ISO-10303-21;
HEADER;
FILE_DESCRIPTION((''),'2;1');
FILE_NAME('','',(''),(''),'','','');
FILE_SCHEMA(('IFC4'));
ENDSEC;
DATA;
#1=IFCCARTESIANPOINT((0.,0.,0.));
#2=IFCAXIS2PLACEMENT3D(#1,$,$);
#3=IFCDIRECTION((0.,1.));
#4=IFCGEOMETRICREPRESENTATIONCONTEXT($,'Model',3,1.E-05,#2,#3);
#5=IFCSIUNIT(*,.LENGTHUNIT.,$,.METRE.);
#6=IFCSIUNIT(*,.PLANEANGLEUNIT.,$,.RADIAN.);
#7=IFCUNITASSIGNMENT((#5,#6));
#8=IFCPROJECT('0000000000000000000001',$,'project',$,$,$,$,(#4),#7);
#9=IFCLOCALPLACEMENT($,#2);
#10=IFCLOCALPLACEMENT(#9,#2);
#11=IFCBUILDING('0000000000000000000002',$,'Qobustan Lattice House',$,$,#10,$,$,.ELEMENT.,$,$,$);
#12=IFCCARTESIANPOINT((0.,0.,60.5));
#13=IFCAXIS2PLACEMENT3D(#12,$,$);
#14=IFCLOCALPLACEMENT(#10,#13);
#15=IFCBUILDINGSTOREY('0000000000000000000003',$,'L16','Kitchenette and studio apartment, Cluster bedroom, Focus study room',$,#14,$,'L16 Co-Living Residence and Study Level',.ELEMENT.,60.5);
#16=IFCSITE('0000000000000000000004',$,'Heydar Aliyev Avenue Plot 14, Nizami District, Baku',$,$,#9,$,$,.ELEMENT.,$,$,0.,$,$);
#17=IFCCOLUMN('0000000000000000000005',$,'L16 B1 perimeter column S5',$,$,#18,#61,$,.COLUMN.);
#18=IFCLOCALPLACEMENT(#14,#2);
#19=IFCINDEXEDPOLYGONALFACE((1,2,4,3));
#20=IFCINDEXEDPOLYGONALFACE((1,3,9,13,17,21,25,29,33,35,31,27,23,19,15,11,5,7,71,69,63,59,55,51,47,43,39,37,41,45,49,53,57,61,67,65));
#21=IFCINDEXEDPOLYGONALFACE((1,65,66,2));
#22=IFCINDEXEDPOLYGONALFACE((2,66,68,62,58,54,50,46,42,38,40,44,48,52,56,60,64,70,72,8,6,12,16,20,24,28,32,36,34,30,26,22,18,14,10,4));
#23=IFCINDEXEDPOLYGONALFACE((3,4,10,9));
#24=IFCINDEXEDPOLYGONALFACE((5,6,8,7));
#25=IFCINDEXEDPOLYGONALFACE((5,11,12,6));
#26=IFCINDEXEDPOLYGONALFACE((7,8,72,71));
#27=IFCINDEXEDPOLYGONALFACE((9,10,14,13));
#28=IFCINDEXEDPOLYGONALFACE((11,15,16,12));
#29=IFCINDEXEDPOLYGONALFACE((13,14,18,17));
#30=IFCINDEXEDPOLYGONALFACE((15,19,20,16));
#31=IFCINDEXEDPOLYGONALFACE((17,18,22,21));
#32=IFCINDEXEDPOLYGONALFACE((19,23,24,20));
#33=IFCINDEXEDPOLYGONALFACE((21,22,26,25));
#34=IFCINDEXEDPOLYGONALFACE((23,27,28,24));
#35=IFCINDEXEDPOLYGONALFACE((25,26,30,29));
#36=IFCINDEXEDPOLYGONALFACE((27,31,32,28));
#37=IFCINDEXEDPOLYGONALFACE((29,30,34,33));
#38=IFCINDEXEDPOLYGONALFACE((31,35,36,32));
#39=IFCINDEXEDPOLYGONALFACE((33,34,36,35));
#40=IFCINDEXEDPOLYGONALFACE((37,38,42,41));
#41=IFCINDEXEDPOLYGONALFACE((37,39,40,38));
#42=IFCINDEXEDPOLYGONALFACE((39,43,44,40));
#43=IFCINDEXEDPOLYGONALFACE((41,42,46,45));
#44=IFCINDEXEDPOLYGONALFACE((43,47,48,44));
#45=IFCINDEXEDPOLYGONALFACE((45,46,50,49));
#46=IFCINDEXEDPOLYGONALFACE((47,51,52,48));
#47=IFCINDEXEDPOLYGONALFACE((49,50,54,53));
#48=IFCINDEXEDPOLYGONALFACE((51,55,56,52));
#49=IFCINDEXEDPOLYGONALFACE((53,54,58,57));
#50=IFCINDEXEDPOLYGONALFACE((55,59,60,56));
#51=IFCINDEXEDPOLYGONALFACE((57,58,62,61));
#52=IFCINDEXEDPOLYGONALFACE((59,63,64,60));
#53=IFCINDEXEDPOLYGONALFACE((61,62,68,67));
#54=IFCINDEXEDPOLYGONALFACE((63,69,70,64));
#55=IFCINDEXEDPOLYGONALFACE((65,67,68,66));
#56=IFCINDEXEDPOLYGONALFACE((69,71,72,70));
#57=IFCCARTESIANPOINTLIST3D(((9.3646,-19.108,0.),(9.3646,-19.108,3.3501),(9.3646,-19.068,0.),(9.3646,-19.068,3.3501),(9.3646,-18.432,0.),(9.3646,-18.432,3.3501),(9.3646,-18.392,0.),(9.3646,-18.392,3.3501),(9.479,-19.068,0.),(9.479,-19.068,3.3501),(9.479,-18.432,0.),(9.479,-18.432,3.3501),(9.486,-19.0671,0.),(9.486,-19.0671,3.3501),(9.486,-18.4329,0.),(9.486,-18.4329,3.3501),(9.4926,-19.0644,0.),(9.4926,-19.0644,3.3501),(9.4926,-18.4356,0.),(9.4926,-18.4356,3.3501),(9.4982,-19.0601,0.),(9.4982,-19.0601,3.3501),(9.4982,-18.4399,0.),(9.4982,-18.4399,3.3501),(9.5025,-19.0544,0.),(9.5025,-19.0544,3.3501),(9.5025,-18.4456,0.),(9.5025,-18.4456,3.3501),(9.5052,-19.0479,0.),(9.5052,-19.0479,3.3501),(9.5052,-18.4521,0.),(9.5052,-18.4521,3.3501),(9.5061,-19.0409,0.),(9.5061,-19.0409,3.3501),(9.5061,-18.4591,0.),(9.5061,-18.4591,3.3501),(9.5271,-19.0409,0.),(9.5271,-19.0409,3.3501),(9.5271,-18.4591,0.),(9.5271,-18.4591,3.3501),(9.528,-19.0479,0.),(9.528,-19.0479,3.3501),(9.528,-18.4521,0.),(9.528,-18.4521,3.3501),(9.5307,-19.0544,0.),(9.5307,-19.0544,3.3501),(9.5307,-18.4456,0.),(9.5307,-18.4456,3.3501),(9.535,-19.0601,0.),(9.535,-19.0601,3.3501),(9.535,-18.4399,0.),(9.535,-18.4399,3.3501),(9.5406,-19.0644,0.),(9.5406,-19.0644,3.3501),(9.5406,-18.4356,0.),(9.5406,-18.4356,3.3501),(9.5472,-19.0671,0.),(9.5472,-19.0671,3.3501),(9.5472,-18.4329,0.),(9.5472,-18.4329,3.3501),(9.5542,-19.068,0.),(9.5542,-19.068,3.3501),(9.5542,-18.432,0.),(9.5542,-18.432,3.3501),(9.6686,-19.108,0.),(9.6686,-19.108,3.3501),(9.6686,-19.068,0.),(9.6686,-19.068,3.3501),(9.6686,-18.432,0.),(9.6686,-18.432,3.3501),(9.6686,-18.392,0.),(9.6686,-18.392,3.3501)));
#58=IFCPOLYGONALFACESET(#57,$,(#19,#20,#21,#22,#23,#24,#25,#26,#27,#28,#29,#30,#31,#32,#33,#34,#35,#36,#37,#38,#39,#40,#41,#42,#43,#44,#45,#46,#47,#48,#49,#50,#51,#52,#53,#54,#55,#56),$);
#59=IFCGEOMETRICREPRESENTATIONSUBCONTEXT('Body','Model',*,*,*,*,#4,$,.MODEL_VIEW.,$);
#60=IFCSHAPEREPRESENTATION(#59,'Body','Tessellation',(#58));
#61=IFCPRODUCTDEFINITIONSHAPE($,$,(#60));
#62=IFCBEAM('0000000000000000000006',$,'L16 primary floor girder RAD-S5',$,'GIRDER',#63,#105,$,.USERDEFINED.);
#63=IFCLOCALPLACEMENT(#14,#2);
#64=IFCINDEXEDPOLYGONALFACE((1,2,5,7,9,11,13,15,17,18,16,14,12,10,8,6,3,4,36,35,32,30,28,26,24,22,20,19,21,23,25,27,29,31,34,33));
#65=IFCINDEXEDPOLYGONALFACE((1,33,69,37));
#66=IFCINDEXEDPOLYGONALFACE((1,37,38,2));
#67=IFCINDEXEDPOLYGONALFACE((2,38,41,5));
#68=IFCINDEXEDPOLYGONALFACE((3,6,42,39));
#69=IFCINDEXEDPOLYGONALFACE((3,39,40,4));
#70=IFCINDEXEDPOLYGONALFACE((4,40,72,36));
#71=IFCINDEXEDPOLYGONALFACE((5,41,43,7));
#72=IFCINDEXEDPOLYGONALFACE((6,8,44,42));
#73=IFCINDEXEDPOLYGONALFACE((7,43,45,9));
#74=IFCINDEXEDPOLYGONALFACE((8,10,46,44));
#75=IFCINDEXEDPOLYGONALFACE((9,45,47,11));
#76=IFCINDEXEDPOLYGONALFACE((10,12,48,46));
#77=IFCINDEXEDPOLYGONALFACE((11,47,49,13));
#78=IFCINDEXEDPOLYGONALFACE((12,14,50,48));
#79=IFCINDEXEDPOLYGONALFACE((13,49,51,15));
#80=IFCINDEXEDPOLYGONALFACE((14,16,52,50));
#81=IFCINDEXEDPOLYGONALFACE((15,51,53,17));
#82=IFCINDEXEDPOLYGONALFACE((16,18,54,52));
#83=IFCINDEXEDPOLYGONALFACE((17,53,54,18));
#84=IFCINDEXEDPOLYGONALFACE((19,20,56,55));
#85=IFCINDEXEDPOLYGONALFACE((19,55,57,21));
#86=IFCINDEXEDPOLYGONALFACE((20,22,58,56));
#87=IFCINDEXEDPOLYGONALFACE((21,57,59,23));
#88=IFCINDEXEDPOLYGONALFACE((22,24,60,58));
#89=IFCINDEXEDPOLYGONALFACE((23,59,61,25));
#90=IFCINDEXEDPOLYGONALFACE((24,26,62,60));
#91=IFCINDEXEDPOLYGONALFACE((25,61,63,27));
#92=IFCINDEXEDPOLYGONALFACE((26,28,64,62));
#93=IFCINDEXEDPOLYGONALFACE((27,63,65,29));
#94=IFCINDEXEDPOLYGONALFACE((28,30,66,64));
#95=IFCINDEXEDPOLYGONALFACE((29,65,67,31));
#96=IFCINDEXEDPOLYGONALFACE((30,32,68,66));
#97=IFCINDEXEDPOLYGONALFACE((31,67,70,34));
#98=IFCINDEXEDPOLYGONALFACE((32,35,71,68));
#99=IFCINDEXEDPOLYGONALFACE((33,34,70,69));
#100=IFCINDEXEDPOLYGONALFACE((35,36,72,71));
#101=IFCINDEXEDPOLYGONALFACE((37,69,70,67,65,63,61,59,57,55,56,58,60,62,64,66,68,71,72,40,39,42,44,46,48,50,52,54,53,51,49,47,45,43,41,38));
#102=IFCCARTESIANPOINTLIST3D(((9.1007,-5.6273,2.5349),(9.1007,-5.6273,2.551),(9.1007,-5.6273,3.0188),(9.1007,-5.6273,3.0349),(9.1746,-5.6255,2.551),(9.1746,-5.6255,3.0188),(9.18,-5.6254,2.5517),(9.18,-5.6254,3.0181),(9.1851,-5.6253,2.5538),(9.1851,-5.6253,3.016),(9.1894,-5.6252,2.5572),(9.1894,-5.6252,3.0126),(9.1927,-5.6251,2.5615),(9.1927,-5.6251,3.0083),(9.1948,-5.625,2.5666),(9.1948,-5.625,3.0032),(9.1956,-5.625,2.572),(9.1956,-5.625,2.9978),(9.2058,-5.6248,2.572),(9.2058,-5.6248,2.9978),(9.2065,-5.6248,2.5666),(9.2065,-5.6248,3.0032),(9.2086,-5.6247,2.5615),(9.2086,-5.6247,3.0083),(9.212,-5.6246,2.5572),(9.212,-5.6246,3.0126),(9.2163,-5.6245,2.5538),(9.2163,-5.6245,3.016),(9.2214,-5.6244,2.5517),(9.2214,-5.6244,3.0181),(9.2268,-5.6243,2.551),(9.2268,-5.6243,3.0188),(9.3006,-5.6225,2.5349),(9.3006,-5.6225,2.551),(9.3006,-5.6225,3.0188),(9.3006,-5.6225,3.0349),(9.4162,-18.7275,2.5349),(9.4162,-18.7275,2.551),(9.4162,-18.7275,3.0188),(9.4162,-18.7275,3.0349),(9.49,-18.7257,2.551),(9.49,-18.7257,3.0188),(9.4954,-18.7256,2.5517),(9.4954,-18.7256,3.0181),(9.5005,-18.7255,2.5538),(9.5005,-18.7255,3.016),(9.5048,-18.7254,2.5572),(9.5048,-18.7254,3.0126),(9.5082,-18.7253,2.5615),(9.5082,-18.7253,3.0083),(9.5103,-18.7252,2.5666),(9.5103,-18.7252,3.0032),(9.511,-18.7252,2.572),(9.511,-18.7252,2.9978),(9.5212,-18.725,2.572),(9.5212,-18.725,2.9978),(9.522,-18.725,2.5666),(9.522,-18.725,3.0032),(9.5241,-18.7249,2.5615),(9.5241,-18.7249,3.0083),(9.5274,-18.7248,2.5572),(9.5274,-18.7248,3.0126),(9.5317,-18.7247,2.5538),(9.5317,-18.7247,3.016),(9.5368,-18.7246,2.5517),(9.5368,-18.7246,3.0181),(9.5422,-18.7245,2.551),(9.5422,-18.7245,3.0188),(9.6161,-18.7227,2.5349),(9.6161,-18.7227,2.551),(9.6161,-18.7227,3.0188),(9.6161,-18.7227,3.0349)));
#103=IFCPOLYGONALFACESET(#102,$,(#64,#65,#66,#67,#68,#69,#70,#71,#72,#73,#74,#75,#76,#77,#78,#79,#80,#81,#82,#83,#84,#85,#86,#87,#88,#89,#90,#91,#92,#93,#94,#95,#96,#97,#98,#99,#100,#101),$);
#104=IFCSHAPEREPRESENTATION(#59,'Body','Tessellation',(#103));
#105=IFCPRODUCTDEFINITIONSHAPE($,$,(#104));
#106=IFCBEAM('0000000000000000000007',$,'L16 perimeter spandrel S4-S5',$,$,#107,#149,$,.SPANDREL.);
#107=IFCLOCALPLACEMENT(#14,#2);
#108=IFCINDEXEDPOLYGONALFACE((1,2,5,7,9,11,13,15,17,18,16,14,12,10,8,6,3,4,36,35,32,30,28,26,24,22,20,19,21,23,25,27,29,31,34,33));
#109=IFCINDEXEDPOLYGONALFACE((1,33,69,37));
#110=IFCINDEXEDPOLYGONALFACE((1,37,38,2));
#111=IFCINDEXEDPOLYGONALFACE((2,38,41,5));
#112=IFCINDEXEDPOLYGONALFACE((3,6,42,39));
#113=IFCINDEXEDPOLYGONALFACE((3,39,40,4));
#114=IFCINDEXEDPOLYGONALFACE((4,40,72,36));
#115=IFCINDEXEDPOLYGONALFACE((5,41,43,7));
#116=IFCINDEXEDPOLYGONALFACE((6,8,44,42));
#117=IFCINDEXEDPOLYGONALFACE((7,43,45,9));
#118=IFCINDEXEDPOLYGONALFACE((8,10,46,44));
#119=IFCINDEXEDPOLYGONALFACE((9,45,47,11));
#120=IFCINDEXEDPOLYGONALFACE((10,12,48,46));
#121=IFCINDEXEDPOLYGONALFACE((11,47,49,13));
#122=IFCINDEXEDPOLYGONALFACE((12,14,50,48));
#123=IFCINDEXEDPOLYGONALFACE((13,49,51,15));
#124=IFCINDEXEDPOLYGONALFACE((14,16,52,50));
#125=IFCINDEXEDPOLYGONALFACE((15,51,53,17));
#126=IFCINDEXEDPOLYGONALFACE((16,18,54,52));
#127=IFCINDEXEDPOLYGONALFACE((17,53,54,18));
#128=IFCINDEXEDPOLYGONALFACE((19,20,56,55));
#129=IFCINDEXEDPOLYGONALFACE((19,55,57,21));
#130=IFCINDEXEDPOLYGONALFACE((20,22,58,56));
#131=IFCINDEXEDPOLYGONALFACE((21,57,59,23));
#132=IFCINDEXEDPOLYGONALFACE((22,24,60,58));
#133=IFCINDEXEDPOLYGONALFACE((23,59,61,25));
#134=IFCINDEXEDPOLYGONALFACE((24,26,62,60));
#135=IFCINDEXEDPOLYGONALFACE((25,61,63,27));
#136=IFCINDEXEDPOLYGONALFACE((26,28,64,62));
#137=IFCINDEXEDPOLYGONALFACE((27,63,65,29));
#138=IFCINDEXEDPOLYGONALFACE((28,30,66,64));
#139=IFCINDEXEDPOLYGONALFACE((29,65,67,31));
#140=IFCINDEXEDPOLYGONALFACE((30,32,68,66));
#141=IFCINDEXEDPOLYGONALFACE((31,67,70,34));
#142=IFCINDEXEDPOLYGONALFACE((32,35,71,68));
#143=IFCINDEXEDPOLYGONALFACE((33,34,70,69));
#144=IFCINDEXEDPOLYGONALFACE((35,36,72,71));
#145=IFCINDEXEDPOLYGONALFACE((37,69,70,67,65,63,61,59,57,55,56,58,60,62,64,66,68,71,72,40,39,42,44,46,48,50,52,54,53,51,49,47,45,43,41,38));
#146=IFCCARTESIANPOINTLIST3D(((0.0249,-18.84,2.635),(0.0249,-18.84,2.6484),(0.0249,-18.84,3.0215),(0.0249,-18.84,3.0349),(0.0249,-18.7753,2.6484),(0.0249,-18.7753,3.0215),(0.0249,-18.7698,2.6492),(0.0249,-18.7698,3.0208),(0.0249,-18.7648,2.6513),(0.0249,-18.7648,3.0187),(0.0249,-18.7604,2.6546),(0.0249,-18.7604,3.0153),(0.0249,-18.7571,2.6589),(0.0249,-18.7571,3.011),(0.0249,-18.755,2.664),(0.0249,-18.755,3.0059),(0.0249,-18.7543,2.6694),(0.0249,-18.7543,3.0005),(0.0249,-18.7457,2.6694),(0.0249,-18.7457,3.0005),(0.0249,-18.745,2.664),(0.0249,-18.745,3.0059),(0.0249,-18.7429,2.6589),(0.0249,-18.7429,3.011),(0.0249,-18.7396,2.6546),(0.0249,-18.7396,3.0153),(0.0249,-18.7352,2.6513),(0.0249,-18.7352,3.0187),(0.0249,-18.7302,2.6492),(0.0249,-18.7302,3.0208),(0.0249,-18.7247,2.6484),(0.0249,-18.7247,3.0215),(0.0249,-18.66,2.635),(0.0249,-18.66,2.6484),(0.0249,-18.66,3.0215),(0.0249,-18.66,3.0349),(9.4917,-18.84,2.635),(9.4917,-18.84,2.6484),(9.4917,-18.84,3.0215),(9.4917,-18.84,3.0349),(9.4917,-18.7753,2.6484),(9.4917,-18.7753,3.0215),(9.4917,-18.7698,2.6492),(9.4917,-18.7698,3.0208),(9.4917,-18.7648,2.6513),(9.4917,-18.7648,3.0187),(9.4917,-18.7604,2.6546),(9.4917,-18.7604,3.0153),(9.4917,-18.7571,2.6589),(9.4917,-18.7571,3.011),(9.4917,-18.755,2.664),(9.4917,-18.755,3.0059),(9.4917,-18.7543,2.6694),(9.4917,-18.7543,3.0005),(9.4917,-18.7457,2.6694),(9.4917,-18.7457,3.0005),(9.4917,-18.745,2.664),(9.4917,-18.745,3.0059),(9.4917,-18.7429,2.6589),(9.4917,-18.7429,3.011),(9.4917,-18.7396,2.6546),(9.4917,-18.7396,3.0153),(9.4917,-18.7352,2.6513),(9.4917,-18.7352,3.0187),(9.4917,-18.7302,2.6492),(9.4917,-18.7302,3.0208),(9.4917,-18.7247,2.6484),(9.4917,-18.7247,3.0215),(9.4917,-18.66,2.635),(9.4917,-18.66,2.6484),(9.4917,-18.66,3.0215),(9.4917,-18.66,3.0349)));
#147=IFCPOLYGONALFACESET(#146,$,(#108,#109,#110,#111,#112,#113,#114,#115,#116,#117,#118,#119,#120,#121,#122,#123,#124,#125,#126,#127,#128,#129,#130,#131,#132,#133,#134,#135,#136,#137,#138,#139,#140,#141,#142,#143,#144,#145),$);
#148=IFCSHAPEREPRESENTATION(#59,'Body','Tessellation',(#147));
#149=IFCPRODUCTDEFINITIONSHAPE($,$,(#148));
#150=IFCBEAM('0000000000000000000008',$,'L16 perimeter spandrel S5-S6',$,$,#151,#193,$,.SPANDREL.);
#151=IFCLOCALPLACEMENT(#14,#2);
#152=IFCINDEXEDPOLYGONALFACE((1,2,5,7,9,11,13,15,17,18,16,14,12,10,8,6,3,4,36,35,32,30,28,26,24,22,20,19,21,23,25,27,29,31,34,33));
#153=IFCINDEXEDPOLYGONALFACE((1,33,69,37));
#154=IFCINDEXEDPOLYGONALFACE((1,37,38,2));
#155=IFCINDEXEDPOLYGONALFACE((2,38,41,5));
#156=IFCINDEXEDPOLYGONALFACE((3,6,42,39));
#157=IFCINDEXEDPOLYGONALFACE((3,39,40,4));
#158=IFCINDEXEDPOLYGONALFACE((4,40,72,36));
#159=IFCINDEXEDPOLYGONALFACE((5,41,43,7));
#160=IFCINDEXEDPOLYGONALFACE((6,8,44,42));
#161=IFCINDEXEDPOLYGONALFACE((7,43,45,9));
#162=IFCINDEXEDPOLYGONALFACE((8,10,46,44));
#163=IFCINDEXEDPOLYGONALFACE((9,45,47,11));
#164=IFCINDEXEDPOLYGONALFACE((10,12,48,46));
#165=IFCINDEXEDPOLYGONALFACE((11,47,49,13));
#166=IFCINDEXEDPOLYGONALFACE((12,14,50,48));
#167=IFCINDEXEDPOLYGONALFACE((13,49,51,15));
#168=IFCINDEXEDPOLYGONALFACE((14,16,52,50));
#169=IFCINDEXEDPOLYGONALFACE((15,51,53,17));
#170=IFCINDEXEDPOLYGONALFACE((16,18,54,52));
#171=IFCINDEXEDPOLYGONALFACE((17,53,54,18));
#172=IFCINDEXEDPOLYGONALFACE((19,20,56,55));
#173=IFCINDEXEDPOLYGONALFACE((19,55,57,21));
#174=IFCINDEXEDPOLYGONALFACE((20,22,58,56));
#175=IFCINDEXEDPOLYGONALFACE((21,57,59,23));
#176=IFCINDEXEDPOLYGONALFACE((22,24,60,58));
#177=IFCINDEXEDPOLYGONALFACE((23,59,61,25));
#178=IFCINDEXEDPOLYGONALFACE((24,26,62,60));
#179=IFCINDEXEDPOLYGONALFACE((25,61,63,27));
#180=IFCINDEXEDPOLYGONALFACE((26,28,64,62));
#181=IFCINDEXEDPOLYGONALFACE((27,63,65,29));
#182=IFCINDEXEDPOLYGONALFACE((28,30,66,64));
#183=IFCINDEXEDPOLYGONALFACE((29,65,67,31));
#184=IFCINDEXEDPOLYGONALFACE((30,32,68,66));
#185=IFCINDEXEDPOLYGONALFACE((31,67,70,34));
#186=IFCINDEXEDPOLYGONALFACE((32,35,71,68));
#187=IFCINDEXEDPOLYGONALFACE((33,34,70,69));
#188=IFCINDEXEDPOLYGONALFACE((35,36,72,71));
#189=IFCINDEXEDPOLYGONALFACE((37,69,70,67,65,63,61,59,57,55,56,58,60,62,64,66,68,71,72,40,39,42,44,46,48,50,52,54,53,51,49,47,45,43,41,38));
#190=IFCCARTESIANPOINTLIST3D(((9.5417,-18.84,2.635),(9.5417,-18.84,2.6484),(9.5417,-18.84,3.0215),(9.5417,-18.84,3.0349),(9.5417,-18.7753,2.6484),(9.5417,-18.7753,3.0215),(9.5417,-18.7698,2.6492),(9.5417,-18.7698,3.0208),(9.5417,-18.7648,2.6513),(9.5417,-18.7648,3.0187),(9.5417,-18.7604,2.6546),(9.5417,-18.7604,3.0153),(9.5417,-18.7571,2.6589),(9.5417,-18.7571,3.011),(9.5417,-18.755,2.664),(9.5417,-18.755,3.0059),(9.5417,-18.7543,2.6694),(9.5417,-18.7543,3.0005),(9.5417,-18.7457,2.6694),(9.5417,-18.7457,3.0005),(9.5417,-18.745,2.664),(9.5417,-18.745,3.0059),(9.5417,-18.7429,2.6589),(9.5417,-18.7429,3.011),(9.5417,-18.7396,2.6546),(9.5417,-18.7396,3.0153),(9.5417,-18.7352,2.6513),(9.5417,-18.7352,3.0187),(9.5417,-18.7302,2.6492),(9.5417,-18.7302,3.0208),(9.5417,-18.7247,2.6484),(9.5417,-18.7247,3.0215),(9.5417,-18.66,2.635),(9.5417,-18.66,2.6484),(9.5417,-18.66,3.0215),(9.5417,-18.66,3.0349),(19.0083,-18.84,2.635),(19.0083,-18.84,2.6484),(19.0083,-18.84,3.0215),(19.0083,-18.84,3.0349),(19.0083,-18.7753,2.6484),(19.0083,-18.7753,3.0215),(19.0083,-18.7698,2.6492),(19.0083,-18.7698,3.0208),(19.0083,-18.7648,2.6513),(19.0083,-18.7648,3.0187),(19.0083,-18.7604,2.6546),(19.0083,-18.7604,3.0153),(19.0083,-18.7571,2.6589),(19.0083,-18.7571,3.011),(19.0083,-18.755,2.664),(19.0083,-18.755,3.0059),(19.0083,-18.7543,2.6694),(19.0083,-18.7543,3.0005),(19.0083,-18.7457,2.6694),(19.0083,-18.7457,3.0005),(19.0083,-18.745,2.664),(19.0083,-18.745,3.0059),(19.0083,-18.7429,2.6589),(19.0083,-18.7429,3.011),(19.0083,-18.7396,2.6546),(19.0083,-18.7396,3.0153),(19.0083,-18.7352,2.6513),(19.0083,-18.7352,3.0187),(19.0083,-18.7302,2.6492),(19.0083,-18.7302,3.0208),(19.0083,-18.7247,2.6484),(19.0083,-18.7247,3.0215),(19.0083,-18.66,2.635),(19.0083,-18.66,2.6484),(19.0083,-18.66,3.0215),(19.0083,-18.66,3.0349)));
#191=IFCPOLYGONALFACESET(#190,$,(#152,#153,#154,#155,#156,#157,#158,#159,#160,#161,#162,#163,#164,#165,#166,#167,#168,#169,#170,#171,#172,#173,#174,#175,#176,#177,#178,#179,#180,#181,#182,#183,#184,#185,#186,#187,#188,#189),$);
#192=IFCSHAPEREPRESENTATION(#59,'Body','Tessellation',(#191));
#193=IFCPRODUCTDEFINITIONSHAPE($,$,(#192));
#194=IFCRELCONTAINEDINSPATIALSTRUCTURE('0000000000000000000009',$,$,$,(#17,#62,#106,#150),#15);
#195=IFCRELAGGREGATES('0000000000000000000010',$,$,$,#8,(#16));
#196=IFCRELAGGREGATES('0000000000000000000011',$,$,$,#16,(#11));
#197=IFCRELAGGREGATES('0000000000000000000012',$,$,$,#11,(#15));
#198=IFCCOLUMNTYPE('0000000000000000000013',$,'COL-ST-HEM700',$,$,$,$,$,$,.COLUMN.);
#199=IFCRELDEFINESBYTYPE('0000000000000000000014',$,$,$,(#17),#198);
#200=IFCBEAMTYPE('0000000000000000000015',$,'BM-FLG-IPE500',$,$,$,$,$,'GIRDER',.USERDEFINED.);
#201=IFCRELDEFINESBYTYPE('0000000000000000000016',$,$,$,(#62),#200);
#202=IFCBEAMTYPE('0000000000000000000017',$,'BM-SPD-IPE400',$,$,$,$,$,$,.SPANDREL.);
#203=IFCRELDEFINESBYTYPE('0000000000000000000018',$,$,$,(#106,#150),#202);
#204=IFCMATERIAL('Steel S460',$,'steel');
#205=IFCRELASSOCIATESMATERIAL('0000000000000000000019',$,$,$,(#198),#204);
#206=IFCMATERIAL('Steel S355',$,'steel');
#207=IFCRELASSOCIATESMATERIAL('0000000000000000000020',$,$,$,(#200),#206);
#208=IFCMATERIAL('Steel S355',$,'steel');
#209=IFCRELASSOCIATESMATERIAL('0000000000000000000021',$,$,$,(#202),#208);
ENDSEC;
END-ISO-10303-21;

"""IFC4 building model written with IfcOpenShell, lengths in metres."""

from ifc_helpers import new_model, si_unit, direction, frame, origin, origin_2d, place, context, subcontext, project, spatial, i_section, extrude, material, material_profile, profile_set, type_object, element, save


model = new_model("IFC4")

# Units and contexts
model_context = context("Model", 3, precision=1e-05, world=origin(), true_north=direction((0.0, 1.0)))
body_context = subcontext(model_context, "Body", "Model", "MODEL_VIEW")
ifc_project = project(units=[si_unit("LENGTHUNIT", "METRE"), si_unit("PLANEANGLEUNIT", "RADIAN")], contexts=[model_context])

# Site, building, storey
site_placement = place(None, origin())
site = spatial("IfcSite", under=ifc_project, at=site_placement, Name="Heydar Aliyev Avenue Plot 14, Nizami District, Baku", CompositionType="ELEMENT", RefElevation=0.0)
building_placement = place(site_placement, origin())
building = spatial("IfcBuilding", under=site, at=building_placement, Name="Qobustan Lattice House", CompositionType="ELEMENT")
storey_placement = place(building_placement, frame((0.0, 0.0, 60.5)))
storey = spatial("IfcBuildingStorey", under=building, at=storey_placement, Name="L16", Description="Kitchenette and studio apartment, Cluster bedroom, Focus study room", LongName="L16 Co-Living Residence and Study Level", CompositionType="ELEMENT", Elevation=60.5)

# Column
ifc_material_1 = material(Name="Steel S460", Category="steel")
ifc_material_profile_1 = material_profile(ifc_material_1, i_section(OverallWidth=0.304, OverallDepth=0.7161, WebThickness=0.021, FlangeThickness=0.04, FilletRadius=0.0271, at=origin_2d()), Name="HEM700")
ifc_profile_set_1 = profile_set([ifc_material_profile_1], Name="Steel S460")
column_type = type_object("IfcColumnType", Name="COL-ST-HEM700", PredefinedType="COLUMN", material=ifc_profile_set_1)
column_placement = place(storey_placement, frame((9.5166, -18.75, 0.0), z_axis=(0.0, 0.0, 1.0), x_axis=(1.0, 0.0, 0.0)))
element("IfcColumn", 1, at=column_placement, inside=storey, type_object=column_type, Name="L16 B1 perimeter column S5", PredefinedType="COLUMN", context=body_context, shape_type="SweptSolid", body=[
    extrude(i_section(OverallWidth=0.304, OverallDepth=0.7161, WebThickness=0.021, FlangeThickness=0.04, FilletRadius=0.0271, at=origin_2d()), origin(), (0.0, 0.0, 1.0), 3.3501),
])

# Beams
ifc_material_2 = material(Name="Steel S355", Category="steel")
ifc_material_profile_2 = material_profile(ifc_material_2, i_section(OverallWidth=0.2, OverallDepth=0.5, WebThickness=0.0103, FlangeThickness=0.0161, FilletRadius=0.021, at=origin_2d()), Name="IPE500")
ifc_profile_set_2 = profile_set([ifc_material_profile_2], Name="Steel S355")
beam_type_1 = type_object("IfcBeamType", Name="BM-FLG-IPE500", ElementType="GIRDER", PredefinedType="USERDEFINED", material=ifc_profile_set_2)
beam_1_placement = place(storey_placement, frame((9.5161, -18.7251, 2.7849), z_axis=(-0.024071, 0.99971, 0.0), x_axis=(-0.99971, -0.024071, 0.0)))
element("IfcBeam", 2, at=beam_1_placement, inside=storey, type_object=beam_type_1, Name="L16 primary floor girder RAD-S5", ObjectType="GIRDER", PredefinedType="USERDEFINED", context=body_context, shape_type="SweptSolid", body=[
    extrude(i_section(OverallWidth=0.2, OverallDepth=0.5, WebThickness=0.0103, FlangeThickness=0.0161, FilletRadius=0.021, at=origin_2d()), origin(), (0.0, 0.0, 1.0), 13.104),
])
ifc_material_3 = material(Name="Steel S355", Category="steel")
ifc_material_profile_3 = material_profile(ifc_material_3, i_section(OverallWidth=0.1799, OverallDepth=0.3999, WebThickness=0.0085, FlangeThickness=0.0134, FilletRadius=0.021, at=origin_2d()), Name="IPE400")
ifc_profile_set_3 = profile_set([ifc_material_profile_3], Name="Steel S355")
beam_type_2 = type_object("IfcBeamType", Name="BM-SPD-IPE400", PredefinedType="SPANDREL", material=ifc_profile_set_3)
beam_2_placement = place(storey_placement, frame((0.0249, -18.75, 2.835), z_axis=(1.0, 0.0, 0.0), x_axis=(0.0, 1.0, 0.0)))
element("IfcBeam", 3, at=beam_2_placement, inside=storey, type_object=beam_type_2, Name="L16 perimeter spandrel S4-S5", PredefinedType="SPANDREL", context=body_context, shape_type="SweptSolid", body=[
    extrude(i_section(OverallWidth=0.1799, OverallDepth=0.3999, WebThickness=0.0085, FlangeThickness=0.0134, FilletRadius=0.021, at=origin_2d()), origin(), (0.0, 0.0, 1.0), 9.4668),
])
beam_3_placement = place(storey_placement, frame((9.5417, -18.75, 2.835), z_axis=(1.0, 0.0, 0.0), x_axis=(0.0, 1.0, 0.0)))
element("IfcBeam", 4, at=beam_3_placement, inside=storey, type_object=beam_type_2, Name="L16 perimeter spandrel S5-S6", PredefinedType="SPANDREL", context=body_context, shape_type="SweptSolid", body=[
    extrude(i_section(OverallWidth=0.1799, OverallDepth=0.3999, WebThickness=0.0085, FlangeThickness=0.0134, FilletRadius=0.021, at=origin_2d()), origin(), (0.0, 0.0, 1.0), 9.4666),
])

save(model, "model.ifc")
